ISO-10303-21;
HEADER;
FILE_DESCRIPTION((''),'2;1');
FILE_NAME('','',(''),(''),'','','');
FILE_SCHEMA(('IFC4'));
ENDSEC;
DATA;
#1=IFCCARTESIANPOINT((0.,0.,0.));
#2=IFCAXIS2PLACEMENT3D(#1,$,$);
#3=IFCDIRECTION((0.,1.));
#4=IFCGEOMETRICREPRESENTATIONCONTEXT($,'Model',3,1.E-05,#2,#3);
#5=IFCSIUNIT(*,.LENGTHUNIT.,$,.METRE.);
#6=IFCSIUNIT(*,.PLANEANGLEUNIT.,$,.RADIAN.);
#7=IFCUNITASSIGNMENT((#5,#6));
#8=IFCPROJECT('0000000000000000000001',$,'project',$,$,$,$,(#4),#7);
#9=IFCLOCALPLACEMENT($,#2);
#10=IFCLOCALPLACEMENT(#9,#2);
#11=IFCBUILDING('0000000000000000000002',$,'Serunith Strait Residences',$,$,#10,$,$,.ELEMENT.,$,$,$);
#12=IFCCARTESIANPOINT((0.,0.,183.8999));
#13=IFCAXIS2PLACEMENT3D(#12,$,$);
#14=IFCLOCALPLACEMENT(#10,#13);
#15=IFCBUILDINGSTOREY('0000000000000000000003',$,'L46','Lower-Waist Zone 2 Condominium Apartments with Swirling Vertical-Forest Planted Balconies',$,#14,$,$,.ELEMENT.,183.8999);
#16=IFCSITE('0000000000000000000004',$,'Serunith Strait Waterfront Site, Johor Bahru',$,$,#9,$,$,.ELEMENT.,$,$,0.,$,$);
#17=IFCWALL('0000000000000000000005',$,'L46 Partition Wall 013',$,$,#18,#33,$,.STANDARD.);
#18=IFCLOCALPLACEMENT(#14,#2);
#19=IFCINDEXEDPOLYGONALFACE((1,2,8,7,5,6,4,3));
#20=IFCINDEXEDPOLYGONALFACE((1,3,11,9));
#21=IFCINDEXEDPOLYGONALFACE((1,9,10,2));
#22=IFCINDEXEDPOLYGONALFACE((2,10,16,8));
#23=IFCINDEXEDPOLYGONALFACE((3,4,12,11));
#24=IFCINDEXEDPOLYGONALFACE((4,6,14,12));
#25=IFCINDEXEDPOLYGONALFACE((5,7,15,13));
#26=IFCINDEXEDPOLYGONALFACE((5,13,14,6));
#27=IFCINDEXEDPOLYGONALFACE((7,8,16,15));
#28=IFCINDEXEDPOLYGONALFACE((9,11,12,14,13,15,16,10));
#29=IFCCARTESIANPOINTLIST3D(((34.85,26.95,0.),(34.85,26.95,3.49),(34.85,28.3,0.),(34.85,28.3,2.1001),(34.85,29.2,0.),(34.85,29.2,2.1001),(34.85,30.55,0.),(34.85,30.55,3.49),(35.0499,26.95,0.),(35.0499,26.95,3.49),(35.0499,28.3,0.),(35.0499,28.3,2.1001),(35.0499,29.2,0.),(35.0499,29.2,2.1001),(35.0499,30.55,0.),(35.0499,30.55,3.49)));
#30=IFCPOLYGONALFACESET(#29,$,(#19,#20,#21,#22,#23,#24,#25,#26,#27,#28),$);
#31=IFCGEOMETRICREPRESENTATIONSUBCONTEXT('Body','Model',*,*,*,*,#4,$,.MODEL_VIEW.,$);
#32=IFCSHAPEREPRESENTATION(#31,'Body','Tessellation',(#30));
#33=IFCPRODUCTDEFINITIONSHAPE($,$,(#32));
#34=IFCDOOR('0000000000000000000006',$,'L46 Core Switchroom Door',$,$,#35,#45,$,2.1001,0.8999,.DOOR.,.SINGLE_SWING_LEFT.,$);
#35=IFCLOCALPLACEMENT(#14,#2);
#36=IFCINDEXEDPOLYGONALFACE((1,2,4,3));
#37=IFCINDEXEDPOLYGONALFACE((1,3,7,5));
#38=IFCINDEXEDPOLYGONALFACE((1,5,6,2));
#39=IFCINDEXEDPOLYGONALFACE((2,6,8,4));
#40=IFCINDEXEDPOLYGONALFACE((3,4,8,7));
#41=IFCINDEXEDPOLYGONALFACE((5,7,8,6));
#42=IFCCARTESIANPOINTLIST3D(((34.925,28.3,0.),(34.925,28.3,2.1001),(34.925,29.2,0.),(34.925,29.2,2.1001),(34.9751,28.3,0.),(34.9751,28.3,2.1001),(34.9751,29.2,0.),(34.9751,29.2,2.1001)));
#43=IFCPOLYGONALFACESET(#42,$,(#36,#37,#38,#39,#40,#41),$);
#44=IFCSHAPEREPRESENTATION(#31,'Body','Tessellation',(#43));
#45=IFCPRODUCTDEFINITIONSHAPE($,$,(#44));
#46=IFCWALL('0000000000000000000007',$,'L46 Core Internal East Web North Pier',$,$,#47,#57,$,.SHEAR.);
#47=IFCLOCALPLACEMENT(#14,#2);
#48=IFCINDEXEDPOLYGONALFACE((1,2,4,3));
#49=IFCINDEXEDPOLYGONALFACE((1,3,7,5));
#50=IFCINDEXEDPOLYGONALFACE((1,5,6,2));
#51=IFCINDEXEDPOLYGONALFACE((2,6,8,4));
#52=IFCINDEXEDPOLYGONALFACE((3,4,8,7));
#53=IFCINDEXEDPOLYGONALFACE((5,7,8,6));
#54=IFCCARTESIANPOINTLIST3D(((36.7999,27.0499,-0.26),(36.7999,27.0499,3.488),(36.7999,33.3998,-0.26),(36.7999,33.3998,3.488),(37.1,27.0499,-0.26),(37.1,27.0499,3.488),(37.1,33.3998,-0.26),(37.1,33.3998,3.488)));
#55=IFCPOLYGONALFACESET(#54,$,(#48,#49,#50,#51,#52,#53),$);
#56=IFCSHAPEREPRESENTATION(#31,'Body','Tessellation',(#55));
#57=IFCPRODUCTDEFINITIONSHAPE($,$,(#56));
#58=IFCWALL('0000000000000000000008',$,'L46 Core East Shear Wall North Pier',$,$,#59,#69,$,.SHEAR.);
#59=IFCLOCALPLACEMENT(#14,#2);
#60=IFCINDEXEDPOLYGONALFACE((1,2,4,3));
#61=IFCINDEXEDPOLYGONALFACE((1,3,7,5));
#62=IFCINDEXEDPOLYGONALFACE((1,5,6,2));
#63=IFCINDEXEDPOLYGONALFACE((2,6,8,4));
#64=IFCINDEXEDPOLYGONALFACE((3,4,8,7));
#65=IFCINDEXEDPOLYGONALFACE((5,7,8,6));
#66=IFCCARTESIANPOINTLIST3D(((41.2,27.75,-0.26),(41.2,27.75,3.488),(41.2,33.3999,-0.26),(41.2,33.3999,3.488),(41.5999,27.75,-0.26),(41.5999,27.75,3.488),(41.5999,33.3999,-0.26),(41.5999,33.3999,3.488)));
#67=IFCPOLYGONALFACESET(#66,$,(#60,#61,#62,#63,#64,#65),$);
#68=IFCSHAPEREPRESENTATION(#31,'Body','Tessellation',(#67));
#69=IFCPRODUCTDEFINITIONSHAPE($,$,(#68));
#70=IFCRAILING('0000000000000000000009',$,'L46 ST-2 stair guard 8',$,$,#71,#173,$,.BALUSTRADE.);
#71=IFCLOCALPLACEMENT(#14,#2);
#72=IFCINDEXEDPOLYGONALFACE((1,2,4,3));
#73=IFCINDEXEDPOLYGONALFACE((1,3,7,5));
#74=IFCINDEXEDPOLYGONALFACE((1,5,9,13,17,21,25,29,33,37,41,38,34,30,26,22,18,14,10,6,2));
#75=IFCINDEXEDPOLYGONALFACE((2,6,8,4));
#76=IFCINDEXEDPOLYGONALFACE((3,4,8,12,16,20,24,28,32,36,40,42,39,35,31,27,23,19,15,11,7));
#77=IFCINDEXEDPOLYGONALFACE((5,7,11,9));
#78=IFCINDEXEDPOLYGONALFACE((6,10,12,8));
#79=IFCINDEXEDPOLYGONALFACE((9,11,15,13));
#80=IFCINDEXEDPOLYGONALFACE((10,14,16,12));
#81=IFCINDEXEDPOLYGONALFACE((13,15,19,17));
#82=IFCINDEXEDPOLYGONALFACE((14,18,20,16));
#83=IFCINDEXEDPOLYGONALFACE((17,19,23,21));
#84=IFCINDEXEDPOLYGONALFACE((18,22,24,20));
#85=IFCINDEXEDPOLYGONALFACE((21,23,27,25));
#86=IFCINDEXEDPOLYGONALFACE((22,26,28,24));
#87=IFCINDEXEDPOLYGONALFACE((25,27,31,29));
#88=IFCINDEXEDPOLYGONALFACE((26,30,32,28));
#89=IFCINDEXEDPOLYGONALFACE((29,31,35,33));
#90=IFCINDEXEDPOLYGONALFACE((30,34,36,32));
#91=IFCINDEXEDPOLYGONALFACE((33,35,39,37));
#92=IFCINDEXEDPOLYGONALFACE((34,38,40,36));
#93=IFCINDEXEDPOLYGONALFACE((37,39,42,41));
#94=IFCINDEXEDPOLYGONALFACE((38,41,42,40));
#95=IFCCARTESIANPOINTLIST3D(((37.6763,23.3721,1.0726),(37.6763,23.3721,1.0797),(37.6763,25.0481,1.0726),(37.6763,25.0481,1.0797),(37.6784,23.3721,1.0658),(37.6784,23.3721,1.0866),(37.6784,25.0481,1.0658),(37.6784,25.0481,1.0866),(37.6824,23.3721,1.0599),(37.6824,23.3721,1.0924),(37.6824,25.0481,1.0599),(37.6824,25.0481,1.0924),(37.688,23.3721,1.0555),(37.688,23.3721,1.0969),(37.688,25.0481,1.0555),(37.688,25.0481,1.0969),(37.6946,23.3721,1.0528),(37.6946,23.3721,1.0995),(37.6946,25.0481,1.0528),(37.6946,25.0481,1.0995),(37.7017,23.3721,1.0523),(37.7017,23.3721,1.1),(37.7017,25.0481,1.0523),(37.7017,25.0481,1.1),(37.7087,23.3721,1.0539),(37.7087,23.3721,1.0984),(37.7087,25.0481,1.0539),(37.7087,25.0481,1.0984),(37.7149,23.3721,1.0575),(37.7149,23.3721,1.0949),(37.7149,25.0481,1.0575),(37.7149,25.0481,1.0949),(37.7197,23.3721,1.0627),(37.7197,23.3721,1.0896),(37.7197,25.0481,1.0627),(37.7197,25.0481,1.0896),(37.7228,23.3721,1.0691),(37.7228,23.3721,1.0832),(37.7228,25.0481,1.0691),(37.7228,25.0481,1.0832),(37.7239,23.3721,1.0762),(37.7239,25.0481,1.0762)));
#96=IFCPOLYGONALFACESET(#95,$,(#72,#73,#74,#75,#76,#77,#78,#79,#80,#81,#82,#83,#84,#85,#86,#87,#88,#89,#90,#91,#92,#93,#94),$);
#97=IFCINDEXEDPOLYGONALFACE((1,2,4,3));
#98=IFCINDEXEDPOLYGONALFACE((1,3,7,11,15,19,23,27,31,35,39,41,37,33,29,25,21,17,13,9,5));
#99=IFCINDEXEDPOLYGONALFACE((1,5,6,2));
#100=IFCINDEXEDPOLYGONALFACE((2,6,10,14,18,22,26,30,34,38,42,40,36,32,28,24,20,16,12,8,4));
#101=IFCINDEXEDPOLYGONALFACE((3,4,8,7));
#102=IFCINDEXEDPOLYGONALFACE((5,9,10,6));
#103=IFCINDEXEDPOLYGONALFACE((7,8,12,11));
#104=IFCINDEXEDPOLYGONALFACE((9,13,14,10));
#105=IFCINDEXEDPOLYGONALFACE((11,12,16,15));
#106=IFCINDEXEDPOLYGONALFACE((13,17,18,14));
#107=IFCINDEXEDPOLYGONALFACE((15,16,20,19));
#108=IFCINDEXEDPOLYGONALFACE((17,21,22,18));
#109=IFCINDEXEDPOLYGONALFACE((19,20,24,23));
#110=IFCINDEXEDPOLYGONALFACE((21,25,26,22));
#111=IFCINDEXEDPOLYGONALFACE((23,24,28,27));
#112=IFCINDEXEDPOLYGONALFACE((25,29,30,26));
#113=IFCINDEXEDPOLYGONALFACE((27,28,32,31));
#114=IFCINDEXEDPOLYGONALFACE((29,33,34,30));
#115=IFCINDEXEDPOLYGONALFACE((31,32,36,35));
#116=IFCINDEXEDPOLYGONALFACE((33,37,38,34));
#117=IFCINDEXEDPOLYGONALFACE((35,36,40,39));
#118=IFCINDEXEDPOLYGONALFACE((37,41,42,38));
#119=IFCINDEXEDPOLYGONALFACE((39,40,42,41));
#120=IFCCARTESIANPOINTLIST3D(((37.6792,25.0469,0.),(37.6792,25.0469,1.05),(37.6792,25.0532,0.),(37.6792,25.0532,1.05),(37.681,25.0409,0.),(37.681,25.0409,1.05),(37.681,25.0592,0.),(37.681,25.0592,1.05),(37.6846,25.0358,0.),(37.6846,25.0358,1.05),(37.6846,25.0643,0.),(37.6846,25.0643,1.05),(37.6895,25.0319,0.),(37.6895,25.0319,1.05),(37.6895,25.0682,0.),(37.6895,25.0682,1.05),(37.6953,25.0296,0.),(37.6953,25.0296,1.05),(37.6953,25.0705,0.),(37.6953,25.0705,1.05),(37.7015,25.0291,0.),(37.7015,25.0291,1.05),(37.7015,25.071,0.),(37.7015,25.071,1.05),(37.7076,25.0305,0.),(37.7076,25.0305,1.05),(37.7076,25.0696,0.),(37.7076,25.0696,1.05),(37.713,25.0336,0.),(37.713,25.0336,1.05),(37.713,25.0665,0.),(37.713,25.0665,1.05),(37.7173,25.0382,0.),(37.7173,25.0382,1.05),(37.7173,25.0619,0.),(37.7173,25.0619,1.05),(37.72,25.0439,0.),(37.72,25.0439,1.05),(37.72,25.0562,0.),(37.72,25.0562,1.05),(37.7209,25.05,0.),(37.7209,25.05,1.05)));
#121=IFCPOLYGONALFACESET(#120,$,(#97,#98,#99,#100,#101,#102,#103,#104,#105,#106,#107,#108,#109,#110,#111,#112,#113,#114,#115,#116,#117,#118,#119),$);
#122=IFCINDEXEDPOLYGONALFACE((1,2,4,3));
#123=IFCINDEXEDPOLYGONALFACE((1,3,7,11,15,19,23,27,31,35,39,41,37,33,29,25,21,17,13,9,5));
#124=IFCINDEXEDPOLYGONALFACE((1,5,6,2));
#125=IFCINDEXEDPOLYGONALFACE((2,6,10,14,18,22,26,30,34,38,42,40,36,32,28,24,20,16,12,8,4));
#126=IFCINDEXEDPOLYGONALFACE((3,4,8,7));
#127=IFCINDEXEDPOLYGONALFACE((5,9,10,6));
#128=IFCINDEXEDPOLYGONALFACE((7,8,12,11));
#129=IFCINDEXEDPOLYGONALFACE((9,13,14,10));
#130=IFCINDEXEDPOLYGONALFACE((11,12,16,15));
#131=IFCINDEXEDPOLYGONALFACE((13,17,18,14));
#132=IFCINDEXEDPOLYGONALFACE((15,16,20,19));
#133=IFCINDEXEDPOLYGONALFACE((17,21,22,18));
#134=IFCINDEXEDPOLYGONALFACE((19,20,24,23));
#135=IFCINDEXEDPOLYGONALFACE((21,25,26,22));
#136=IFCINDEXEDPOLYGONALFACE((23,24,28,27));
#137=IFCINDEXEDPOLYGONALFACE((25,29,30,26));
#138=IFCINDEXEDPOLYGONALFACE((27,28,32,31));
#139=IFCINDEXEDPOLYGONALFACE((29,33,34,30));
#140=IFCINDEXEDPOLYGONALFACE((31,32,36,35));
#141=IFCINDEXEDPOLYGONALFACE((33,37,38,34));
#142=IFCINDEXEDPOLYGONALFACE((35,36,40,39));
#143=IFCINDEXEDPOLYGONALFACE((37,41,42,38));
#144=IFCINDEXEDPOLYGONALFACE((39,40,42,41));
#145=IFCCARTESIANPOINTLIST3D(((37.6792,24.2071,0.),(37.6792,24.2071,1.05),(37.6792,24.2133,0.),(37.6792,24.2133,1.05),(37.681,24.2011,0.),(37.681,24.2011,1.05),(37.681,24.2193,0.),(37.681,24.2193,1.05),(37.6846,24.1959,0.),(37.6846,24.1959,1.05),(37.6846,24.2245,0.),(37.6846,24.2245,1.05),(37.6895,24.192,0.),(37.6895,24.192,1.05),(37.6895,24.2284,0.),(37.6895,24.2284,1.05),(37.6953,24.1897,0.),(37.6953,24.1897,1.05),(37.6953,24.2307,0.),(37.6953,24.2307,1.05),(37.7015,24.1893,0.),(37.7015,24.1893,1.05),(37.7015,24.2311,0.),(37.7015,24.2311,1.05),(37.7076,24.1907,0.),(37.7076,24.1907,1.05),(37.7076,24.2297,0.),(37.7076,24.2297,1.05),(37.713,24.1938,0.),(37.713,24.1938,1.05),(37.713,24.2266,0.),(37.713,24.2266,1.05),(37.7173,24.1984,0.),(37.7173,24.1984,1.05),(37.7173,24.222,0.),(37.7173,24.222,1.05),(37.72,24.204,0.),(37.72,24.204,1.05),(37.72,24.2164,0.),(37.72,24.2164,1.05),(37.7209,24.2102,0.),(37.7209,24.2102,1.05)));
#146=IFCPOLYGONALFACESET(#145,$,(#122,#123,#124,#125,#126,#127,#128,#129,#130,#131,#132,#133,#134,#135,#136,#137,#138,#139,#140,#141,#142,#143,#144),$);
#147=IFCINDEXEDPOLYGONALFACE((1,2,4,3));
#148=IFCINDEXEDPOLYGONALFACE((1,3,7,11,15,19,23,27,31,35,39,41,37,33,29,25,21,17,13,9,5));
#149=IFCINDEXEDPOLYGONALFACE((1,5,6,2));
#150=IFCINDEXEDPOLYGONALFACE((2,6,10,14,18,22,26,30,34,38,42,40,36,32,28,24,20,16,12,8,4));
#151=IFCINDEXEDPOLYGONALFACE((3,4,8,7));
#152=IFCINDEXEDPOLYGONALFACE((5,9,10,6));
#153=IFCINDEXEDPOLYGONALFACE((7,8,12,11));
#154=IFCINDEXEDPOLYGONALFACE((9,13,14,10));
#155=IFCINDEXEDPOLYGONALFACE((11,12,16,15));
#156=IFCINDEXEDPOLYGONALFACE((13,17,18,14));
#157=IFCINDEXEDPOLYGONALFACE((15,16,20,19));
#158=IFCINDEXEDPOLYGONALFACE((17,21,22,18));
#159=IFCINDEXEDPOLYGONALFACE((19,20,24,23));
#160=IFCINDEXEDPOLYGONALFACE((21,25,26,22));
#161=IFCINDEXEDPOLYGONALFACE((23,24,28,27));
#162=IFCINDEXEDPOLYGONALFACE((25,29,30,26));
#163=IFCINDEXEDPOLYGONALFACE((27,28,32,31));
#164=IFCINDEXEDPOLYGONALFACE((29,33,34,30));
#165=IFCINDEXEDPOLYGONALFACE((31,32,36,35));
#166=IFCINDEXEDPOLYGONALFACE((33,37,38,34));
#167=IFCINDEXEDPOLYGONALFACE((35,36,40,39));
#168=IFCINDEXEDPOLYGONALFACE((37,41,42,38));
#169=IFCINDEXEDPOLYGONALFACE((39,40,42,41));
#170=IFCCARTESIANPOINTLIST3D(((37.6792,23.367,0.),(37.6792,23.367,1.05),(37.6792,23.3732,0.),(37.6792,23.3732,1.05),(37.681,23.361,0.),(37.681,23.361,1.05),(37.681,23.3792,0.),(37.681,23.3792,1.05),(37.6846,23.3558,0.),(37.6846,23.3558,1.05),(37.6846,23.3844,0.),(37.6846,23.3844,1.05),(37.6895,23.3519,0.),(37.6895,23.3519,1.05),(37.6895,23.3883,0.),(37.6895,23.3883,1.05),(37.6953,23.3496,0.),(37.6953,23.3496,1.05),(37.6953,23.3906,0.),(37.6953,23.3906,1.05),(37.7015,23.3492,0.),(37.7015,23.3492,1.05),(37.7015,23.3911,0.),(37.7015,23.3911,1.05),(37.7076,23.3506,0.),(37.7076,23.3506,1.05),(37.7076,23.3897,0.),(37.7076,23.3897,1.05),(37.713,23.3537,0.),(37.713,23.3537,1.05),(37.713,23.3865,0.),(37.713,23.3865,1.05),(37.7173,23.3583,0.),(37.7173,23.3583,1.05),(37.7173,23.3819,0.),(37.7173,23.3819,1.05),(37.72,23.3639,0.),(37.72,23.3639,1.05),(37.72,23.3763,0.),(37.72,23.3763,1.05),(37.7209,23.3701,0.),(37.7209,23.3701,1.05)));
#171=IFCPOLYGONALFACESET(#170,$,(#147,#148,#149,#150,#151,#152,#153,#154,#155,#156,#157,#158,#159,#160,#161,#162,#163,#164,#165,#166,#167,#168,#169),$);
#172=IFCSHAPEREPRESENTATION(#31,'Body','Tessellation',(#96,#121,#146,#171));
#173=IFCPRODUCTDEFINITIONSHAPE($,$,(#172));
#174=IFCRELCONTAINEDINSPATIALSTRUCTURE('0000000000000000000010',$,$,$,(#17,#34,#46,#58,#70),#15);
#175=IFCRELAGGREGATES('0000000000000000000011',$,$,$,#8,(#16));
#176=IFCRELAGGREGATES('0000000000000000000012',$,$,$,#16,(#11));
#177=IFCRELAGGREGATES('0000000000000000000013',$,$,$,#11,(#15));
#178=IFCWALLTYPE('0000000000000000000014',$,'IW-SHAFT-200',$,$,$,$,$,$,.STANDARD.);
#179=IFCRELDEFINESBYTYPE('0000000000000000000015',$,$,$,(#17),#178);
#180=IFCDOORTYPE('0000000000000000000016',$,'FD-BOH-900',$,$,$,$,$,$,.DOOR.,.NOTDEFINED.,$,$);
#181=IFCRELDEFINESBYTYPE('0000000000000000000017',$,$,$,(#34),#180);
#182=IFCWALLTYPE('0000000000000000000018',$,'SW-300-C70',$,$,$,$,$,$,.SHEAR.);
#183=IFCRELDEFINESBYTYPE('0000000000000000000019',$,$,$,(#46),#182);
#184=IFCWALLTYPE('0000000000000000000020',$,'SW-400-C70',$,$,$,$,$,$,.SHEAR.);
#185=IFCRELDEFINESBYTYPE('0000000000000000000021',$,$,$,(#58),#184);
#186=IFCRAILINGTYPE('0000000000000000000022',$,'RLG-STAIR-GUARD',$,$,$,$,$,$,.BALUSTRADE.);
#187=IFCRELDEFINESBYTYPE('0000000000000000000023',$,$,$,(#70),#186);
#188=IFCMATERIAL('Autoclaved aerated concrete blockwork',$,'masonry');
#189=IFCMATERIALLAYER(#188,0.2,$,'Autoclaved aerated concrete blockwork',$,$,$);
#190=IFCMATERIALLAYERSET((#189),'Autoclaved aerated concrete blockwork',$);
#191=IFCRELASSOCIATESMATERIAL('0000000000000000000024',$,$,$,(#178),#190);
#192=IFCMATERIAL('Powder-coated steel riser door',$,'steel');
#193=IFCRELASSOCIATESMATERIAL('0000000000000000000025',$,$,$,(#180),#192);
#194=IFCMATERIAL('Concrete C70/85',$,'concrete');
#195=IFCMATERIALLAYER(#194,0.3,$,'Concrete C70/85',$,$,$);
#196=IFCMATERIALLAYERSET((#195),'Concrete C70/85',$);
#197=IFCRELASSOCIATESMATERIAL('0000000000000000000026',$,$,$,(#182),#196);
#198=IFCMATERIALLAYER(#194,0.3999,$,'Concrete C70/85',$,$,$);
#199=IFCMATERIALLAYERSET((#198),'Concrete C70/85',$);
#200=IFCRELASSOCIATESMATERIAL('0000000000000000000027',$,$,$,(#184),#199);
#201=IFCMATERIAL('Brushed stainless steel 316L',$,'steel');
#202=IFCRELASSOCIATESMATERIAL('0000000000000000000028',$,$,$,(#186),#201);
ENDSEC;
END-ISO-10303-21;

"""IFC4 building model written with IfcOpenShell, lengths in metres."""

from ifc_helpers import new_model, si_unit, direction, frame, frame_2d, origin, origin_2d, place, context, subcontext, project, spatial, rectangle, circle, extrude, source, transform, mapped, material, layer, layer_set, type_object, element, fill, save


model = new_model("IFC4")

# Units and contexts
model_context = context("Model", 3, precision=1e-05, world=origin(), true_north=direction((0.0, 1.0)))
body_context = subcontext(model_context, "Body", "Model", "MODEL_VIEW")
ifc_project = project(units=[si_unit("LENGTHUNIT", "METRE"), si_unit("PLANEANGLEUNIT", "RADIAN")], contexts=[model_context])

# Site, building, storey
site_placement = place(None, origin())
site = spatial("IfcSite", under=ifc_project, at=site_placement, Name="Serunith Strait Waterfront Site, Johor Bahru", CompositionType="ELEMENT", RefElevation=0.0)
building_placement = place(site_placement, origin())
building = spatial("IfcBuilding", under=site, at=building_placement, Name="Serunith Strait Residences", CompositionType="ELEMENT")
storey_placement = place(building_placement, frame((0.0, 0.0, 183.8999)))
storey = spatial("IfcBuildingStorey", under=building, at=storey_placement, Name="L46", Description="Lower-Waist Zone 2 Condominium Apartments with Swirling Vertical-Forest Planted Balconies", CompositionType="ELEMENT", Elevation=183.8999)

# Shared definitions
ifc_material_1 = material(Name="Autoclaved aerated concrete blockwork", Category="masonry")
ifc_layer_1 = layer(ifc_material_1, 0.2, Name="Autoclaved aerated concrete blockwork")
ifc_layer_set_1 = layer_set([ifc_layer_1], Name="Autoclaved aerated concrete blockwork")
wall_type_1 = type_object("IfcWallType", Name="IW-SHAFT-200", PredefinedType="STANDARD", material=ifc_layer_set_1)

# Wall, opening, door
wall_1_placement = place(storey_placement, frame((34.95, 26.95, 0.0), z_axis=(0.0, 0.0, 1.0), x_axis=(0.0, 1.0, 0.0)))
wall_1 = element("IfcWall", 1, at=wall_1_placement, inside=storey, type_object=wall_type_1, Name="L46 Partition Wall 013", PredefinedType="STANDARD", context=body_context, shape_type="SweptSolid", body=[
    extrude(rectangle(XDim=3.6001, YDim=0.2, at=frame_2d((1.8, 0.0))), origin(), (0.0, 0.0, 1.0), 3.49),
])
opening_1_placement = place(wall_1_placement, frame((1.3501, 0.0, 0.0)))
opening_1 = element("IfcOpeningElement", 2, at=opening_1_placement, cuts=wall_1, PredefinedType="OPENING", context=body_context, shape_type="SweptSolid", body=[
    extrude(rectangle(XDim=0.8999, YDim=2.1001, at=frame_2d((0.45, 1.05))), frame((0.0, 0.1099, 0.0), z_axis=(0.0, -1.0, 0.0), x_axis=(1.0, 0.0, 0.0)), (0.0, 0.0, 1.0), 0.22),
])
ifc_material_2 = material(Name="Powder-coated steel riser door", Category="steel")
door_type_1 = type_object("IfcDoorType", Name="FD-BOH-900", OperationType="NOTDEFINED", PredefinedType="DOOR", material=ifc_material_2)
shared_shape_1 = source(origin(), body_context, "Body", "SweptSolid", [
    extrude(rectangle(XDim=0.8999, YDim=2.1001, at=frame_2d((0.45, 1.05))), frame((0.0, 0.0249, 0.0), z_axis=(0.0, -1.0, 0.0), x_axis=(1.0, 0.0, 0.0)), (0.0, 0.0, 1.0), 0.05),
])
door_1_placement = place(opening_1_placement, origin())
door_1 = element("IfcDoor", 3, at=door_1_placement, inside=storey, type_object=door_type_1, Name="L46 Core Switchroom Door", OperationType="SINGLE_SWING_LEFT", OverallHeight=2.1001, OverallWidth=0.8999, PredefinedType="DOOR", context=body_context, shape_type="MappedRepresentation", body=[
    mapped(shared_shape_1, transform((0.0, 0.0, 0.0), scale=1.0)),
])
fill(opening_1, door_1)

# Walls
ifc_material_3 = material(Name="Concrete C70/85", Category="concrete")
ifc_layer_2 = layer(ifc_material_3, 0.3, Name="Concrete C70/85")
ifc_layer_set_2 = layer_set([ifc_layer_2], Name="Concrete C70/85")
wall_type_2 = type_object("IfcWallType", Name="SW-300-C70", PredefinedType="SHEAR", material=ifc_layer_set_2)
wall_2_placement = place(storey_placement, frame((36.95, 27.05, -0.26), z_axis=(0.0, 0.0, 1.0), x_axis=(0.0, 1.0, 0.0)))
element("IfcWall", 4, at=wall_2_placement, inside=storey, type_object=wall_type_2, Name="L46 Core Internal East Web North Pier", PredefinedType="SHEAR", context=body_context, shape_type="SweptSolid", body=[
    extrude(rectangle(XDim=6.3499, YDim=0.3, at=frame_2d((3.1748, 0.0))), origin(), (0.0, 0.0, 1.0), 3.748),
])
ifc_layer_3 = layer(ifc_material_3, 0.3999, Name="Concrete C70/85")
ifc_layer_set_3 = layer_set([ifc_layer_3], Name="Concrete C70/85")
wall_type_3 = type_object("IfcWallType", Name="SW-400-C70", PredefinedType="SHEAR", material=ifc_layer_set_3)
wall_3_placement = place(storey_placement, frame((41.3999, 27.75, -0.26), z_axis=(0.0, 0.0, 1.0), x_axis=(0.0, 1.0, 0.0)))
element("IfcWall", 5, at=wall_3_placement, inside=storey, type_object=wall_type_3, Name="L46 Core East Shear Wall North Pier", PredefinedType="SHEAR", context=body_context, shape_type="SweptSolid", body=[
    extrude(rectangle(XDim=5.6499, YDim=0.3999, at=frame_2d((2.825, 0.0))), origin(), (0.0, 0.0, 1.0), 3.748),
])

# Railing
ifc_material_4 = material(Name="Brushed stainless steel 316L", Category="steel")
railing_type = type_object("IfcRailingType", Name="RLG-STAIR-GUARD", PredefinedType="BALUSTRADE", material=ifc_material_4)
for number, where, name in (
    (6, (37.7, 25.05, 0.0), "L46 ST-2 stair guard 8"),
):
    element("IfcRailing", number, at=place(storey_placement, frame(where)), inside=storey, type_object=railing_type, Name=name, PredefinedType="BALUSTRADE", context=body_context, shape_type="SweptSolid", body=[
        extrude(circle(Radius=0.0239, at=origin_2d()), frame((0.0, -0.002, 1.0762), z_axis=(0.0, -1.0, 0.0), x_axis=(1.0, 0.0, 0.0)), (0.0, 0.0, 1.0), 1.676),
        extrude(circle(Radius=0.021, at=origin_2d()), origin(), (0.0, 0.0, 1.0), 1.05),
        extrude(circle(Radius=0.021, at=origin_2d()), frame((0.0, -0.8398, 0.0)), (0.0, 0.0, 1.0), 1.05),
        extrude(circle(Radius=0.021, at=origin_2d()), frame((0.0, -1.6799, 0.0)), (0.0, 0.0, 1.0), 1.05),
    ])

save(model, "model.ifc")
